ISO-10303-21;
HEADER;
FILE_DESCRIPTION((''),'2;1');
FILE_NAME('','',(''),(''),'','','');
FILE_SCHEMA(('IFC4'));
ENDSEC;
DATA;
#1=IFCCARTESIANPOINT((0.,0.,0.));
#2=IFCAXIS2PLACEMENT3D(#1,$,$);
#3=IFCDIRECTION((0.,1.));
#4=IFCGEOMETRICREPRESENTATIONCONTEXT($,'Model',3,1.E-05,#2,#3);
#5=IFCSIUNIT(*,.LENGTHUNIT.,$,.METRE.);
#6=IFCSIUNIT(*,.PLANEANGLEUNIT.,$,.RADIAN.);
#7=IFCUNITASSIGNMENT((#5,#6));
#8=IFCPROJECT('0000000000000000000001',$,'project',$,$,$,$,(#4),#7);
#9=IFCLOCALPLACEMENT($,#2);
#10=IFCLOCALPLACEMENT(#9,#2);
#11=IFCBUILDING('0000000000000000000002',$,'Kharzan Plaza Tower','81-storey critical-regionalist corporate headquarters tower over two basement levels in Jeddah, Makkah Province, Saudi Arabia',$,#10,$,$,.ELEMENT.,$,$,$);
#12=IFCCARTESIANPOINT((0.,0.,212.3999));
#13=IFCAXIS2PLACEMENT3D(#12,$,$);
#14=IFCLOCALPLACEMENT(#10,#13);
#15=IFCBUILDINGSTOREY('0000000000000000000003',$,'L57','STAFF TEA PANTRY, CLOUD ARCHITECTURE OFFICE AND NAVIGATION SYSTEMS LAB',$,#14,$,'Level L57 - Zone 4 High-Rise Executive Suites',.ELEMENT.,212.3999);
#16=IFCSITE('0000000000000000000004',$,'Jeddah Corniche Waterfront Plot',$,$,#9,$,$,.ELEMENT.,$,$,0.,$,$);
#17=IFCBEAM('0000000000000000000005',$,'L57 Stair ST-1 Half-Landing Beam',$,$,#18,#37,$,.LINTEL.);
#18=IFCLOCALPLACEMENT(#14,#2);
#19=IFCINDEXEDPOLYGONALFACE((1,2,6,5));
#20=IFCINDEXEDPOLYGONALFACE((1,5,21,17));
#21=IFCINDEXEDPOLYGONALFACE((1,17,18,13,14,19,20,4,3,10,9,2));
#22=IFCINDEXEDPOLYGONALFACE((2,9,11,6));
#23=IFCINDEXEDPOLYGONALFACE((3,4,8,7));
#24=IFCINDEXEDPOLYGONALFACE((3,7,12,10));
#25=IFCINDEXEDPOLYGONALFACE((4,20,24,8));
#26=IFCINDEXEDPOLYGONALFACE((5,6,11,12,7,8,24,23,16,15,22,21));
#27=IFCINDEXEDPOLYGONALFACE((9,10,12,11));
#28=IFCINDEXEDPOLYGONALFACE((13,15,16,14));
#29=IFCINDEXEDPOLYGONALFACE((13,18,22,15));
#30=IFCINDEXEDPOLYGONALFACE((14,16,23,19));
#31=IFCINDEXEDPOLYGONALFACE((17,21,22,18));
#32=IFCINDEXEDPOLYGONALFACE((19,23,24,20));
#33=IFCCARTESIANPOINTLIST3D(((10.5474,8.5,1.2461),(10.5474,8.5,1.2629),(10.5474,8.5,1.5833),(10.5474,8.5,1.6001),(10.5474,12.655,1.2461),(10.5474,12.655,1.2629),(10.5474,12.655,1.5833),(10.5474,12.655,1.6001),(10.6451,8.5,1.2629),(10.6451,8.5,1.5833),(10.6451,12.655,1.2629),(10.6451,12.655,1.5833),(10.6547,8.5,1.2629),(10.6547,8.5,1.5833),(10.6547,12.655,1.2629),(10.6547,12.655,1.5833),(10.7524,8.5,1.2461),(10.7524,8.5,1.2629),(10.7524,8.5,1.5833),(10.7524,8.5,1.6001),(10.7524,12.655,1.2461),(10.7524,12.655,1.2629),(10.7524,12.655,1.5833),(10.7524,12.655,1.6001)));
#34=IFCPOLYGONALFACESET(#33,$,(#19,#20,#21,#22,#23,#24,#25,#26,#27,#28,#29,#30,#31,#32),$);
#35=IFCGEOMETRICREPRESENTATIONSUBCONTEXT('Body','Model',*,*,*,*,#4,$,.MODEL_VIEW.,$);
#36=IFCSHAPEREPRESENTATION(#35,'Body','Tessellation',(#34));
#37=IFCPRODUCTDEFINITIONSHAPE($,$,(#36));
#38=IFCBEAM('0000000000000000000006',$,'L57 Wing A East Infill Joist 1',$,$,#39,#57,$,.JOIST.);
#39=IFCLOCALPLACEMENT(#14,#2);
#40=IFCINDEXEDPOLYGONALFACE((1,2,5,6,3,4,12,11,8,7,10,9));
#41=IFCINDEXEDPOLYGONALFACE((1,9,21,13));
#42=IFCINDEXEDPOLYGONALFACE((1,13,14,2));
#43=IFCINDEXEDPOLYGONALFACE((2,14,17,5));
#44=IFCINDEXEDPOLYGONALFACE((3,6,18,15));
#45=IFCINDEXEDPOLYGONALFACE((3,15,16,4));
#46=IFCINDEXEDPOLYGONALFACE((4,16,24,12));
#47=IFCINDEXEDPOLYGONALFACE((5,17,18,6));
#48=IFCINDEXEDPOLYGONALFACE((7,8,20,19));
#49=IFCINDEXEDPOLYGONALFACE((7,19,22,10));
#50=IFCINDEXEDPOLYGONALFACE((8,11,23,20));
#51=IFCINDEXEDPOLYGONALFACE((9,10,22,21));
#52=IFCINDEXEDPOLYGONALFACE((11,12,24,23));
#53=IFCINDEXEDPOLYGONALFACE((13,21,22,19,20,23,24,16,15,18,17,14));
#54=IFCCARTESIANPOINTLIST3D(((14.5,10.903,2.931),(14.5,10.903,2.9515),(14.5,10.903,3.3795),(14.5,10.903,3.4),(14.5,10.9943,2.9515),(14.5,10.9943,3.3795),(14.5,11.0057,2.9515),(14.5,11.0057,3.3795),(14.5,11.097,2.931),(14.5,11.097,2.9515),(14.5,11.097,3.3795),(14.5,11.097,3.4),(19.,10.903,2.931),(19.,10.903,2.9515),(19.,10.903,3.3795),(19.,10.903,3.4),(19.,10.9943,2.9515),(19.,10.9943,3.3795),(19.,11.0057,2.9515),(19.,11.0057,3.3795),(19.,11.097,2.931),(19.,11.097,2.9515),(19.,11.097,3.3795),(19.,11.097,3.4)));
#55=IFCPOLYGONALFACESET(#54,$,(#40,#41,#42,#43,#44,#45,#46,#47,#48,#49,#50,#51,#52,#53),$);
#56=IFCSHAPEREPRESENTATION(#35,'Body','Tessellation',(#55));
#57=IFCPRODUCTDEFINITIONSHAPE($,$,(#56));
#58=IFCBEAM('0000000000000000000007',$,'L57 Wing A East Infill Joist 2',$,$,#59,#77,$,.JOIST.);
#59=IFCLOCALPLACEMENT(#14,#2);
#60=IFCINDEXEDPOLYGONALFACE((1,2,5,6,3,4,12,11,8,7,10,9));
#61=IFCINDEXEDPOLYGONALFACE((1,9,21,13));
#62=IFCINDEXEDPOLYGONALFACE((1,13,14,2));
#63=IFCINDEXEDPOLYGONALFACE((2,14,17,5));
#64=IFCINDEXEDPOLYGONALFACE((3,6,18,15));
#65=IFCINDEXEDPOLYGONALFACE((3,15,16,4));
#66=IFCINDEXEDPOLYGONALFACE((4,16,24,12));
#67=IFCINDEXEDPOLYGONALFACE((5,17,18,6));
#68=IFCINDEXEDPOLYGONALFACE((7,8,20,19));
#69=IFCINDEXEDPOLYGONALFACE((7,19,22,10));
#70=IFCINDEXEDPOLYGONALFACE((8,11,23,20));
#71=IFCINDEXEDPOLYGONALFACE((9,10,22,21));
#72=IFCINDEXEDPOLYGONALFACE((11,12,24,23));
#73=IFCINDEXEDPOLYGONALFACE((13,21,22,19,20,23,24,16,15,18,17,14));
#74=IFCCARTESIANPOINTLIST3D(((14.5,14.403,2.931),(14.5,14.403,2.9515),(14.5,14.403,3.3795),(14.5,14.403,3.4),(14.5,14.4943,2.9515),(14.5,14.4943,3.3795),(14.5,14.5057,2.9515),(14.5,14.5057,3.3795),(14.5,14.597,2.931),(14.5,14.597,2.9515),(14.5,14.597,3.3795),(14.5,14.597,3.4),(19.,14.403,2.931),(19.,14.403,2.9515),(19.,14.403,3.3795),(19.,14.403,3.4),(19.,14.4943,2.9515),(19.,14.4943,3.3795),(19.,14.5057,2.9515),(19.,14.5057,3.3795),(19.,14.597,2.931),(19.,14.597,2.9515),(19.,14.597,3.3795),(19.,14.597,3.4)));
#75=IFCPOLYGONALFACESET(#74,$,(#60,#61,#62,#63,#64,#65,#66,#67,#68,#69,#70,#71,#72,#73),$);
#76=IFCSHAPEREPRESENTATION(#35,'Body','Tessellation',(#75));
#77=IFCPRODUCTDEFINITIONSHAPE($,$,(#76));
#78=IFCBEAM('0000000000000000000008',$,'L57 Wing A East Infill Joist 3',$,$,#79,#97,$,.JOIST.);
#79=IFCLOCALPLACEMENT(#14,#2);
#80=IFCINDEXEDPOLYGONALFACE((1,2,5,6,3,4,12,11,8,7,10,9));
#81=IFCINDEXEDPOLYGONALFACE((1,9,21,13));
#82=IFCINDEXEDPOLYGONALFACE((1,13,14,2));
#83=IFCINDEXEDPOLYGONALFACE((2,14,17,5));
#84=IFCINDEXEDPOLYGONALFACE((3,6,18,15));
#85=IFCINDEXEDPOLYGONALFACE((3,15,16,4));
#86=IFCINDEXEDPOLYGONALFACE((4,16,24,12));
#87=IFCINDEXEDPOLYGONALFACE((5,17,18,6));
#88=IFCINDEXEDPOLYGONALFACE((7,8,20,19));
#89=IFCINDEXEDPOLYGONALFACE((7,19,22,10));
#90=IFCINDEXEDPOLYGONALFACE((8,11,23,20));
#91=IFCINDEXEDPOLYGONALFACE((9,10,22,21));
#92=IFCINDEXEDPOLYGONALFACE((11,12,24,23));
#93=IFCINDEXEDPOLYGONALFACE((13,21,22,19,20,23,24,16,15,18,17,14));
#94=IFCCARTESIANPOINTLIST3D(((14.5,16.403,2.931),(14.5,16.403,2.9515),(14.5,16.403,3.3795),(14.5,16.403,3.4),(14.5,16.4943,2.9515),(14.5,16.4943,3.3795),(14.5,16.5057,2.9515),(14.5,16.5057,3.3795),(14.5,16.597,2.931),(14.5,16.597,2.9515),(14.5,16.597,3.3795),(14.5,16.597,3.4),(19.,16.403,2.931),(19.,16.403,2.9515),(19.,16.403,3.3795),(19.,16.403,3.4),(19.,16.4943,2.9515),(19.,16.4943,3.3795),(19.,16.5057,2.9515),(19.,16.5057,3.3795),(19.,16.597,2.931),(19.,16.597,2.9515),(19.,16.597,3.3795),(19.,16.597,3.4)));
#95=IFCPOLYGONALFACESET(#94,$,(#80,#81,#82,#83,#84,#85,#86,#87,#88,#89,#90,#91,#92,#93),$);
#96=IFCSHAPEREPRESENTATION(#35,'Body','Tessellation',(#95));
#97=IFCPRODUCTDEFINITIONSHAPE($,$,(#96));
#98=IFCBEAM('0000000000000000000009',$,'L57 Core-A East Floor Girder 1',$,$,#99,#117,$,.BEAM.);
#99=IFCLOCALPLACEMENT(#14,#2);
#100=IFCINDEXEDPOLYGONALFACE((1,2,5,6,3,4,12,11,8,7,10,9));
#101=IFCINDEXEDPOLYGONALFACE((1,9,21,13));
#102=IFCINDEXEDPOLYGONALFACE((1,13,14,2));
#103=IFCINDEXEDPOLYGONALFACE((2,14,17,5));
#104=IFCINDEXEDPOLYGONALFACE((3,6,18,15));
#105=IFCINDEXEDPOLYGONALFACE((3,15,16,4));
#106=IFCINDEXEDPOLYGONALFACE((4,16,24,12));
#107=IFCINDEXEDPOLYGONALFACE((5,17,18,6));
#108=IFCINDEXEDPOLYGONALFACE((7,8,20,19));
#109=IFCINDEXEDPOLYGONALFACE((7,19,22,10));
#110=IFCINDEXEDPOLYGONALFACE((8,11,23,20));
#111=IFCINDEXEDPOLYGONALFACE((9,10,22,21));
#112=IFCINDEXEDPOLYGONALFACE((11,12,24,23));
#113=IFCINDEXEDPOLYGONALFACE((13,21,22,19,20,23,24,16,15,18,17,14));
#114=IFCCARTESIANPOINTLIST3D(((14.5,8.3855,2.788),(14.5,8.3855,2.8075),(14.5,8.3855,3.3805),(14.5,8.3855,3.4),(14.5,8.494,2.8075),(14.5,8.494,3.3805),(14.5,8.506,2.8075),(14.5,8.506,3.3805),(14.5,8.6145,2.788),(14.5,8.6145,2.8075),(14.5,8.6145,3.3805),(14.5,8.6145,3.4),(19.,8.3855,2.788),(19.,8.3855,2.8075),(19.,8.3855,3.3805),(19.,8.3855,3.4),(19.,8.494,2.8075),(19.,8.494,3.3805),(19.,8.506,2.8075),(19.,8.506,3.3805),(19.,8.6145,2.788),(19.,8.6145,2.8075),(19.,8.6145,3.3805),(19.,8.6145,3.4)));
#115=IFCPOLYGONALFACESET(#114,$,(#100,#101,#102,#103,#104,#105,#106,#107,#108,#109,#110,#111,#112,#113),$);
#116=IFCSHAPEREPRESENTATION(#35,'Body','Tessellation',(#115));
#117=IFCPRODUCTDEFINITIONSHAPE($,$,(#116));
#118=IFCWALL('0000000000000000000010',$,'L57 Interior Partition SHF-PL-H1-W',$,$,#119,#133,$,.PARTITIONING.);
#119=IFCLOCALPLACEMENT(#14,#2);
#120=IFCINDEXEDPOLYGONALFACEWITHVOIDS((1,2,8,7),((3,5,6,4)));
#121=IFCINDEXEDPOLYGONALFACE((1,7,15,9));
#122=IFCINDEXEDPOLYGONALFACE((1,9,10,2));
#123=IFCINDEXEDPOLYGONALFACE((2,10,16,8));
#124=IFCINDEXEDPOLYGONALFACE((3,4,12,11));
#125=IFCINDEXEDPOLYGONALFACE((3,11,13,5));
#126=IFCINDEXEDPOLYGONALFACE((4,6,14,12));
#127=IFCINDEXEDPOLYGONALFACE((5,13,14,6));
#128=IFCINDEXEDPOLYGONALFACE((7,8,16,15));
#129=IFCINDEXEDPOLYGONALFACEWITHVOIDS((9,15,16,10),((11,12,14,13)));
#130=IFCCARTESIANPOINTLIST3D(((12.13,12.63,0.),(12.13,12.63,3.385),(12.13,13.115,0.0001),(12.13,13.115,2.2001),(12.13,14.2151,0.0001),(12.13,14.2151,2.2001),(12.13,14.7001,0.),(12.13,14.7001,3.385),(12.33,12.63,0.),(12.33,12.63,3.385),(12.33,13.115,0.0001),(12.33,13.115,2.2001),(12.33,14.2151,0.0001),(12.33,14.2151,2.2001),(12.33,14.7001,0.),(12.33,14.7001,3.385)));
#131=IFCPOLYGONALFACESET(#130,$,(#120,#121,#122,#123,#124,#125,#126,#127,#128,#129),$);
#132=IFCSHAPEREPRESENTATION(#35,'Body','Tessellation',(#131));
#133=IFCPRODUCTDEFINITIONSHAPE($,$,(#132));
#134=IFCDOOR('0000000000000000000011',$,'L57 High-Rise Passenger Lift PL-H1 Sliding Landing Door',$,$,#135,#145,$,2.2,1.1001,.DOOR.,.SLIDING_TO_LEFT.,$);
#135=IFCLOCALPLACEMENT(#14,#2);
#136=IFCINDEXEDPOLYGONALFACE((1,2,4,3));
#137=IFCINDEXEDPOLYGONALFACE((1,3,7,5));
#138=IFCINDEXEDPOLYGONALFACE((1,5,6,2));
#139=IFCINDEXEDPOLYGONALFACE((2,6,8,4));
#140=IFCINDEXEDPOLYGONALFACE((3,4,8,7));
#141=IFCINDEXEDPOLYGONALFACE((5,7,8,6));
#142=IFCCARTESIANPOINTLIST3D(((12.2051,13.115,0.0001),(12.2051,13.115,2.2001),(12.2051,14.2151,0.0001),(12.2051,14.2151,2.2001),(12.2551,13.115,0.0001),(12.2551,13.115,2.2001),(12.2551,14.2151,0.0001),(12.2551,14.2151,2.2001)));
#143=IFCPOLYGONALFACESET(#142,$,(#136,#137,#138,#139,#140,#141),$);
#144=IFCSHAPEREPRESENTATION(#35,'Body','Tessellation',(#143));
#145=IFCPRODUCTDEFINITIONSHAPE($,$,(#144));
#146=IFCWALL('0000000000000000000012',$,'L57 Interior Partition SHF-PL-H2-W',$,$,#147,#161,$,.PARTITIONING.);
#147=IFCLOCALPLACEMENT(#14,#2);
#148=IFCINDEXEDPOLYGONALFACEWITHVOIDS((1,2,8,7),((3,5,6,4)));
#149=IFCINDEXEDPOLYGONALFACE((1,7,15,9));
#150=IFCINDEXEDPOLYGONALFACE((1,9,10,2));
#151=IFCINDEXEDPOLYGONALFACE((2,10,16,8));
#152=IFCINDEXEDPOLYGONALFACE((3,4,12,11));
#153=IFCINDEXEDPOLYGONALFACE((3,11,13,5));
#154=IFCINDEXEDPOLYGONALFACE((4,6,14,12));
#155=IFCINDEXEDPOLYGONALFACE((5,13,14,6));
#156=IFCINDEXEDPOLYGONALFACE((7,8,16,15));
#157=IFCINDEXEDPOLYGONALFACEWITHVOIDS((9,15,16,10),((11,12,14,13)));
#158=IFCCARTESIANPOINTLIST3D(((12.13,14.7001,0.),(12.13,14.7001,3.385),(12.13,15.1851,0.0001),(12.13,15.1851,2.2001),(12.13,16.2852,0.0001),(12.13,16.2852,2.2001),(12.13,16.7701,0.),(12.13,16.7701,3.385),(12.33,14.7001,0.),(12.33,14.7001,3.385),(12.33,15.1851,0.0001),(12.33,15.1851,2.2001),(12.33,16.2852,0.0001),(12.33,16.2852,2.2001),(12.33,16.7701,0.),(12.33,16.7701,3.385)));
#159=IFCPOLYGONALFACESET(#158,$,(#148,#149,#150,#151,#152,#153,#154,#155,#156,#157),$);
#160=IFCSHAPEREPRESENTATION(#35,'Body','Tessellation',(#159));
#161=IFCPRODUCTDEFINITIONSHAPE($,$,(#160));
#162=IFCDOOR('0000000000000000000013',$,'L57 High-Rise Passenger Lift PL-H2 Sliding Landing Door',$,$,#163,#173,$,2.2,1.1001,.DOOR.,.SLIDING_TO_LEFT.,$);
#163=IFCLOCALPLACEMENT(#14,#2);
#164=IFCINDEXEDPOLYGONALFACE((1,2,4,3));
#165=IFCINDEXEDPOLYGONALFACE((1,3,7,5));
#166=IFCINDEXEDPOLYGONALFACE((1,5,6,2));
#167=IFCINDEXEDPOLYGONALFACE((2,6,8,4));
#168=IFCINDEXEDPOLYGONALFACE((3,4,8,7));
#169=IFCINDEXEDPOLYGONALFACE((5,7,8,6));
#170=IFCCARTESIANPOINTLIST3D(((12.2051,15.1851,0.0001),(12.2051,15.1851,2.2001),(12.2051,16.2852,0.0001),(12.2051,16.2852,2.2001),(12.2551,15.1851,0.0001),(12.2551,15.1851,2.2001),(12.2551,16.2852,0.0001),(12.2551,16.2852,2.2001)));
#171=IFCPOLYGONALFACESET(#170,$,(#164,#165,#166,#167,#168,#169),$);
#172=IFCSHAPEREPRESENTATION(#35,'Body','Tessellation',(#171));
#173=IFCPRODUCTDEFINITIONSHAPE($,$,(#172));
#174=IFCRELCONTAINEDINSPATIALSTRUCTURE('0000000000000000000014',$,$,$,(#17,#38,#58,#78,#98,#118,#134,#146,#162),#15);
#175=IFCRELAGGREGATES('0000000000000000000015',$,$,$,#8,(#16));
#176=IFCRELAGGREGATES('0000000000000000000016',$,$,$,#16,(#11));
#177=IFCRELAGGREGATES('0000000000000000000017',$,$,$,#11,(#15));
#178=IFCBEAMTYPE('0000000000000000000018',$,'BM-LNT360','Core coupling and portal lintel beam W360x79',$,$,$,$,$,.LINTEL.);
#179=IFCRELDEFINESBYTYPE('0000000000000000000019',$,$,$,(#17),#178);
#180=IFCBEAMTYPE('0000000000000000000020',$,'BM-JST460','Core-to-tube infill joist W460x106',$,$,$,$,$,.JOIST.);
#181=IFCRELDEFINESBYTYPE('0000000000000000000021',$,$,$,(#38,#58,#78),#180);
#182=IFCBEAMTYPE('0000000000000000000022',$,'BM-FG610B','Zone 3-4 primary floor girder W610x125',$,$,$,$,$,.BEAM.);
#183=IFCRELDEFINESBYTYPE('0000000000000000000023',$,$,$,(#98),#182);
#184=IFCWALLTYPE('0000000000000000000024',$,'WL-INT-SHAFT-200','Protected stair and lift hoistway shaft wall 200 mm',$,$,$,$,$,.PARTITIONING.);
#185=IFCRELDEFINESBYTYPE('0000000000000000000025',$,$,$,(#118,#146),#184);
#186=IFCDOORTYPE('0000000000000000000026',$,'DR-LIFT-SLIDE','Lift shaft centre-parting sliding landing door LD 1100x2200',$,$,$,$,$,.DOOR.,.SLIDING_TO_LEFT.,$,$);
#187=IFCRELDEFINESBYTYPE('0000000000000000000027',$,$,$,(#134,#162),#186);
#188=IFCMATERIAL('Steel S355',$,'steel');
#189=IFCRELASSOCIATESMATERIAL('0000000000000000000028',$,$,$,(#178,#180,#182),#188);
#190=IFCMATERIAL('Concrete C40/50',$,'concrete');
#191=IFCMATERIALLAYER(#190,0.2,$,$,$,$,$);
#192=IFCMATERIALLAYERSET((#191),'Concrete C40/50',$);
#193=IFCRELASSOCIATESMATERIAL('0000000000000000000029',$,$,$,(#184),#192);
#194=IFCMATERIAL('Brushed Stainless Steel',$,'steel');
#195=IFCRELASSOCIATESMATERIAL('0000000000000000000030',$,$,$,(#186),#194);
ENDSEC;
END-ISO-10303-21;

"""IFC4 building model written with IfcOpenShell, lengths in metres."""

from ifc_helpers import new_model, si_unit, direction, frame, frame_2d, origin, origin_2d, place, context, subcontext, project, spatial, rectangle, i_section, extrude, source, transform, mapped, material, layer, layer_set, material_profile, profile_set, type_object, element, fill, save


model = new_model("IFC4")

# Units and contexts
model_context = context("Model", 3, precision=1e-05, world=origin(), true_north=direction((0.0, 1.0)))
body_context = subcontext(model_context, "Body", "Model", "MODEL_VIEW")
ifc_project = project(units=[si_unit("LENGTHUNIT", "METRE"), si_unit("PLANEANGLEUNIT", "RADIAN")], contexts=[model_context])

# Site, building, storey
site_placement = place(None, origin())
site = spatial("IfcSite", under=ifc_project, at=site_placement, Name="Jeddah Corniche Waterfront Plot", CompositionType="ELEMENT", RefElevation=0.0)
building_placement = place(site_placement, origin())
building = spatial("IfcBuilding", under=site, at=building_placement, Name="Kharzan Plaza Tower", Description="81-storey critical-regionalist corporate headquarters tower over two basement levels in Jeddah, Makkah Province, Saudi Arabia", CompositionType="ELEMENT")
storey_placement = place(building_placement, frame((0.0, 0.0, 212.3999)))
storey = spatial("IfcBuildingStorey", under=building, at=storey_placement, Name="L57", Description="STAFF TEA PANTRY, CLOUD ARCHITECTURE OFFICE AND NAVIGATION SYSTEMS LAB", LongName="Level L57 - Zone 4 High-Rise Executive Suites", CompositionType="ELEMENT", Elevation=212.3999)

# Beams
ifc_material_1 = material(Name="Steel S355", Category="steel")
ifc_material_profile_1 = material_profile(ifc_material_1, i_section(OverallWidth=0.2051, OverallDepth=0.354, WebThickness=0.0095, FlangeThickness=0.0168, at=origin_2d()), Name="W360x79")
ifc_profile_set_1 = profile_set([ifc_material_profile_1], Name="Steel S355")
beam_type_1 = type_object("IfcBeamType", Name="BM-LNT360", Description="Core coupling and portal lintel beam W360x79", PredefinedType="LINTEL", material=ifc_profile_set_1)
shared_shape_1 = source(origin(), body_context, "Body", "SweptSolid", [
    extrude(i_section(OverallWidth=0.2051, OverallDepth=0.354, WebThickness=0.0095, FlangeThickness=0.0168, at=origin_2d()), origin(), (0.0, 0.0, 1.0), 4.155),
])
beam_1_placement = place(storey_placement, frame((10.6499, 8.5, 1.4231), z_axis=(0.0, 1.0, 0.0), x_axis=(-1.0, 0.0, 0.0)))
element("IfcBeam", 1, at=beam_1_placement, inside=storey, type_object=beam_type_1, Name="L57 Stair ST-1 Half-Landing Beam", PredefinedType="LINTEL", context=body_context, shape_type="MappedRepresentation", body=[
    mapped(shared_shape_1, transform((0.0, 0.0, 0.0), x_axis=(1.0, 0.0, 0.0), y_axis=(0.0, 1.0, 0.0), z_axis=(0.0, 0.0, 1.0))),
])
ifc_material_profile_2 = material_profile(ifc_material_1, i_section(OverallWidth=0.1941, OverallDepth=0.469, WebThickness=0.0115, FlangeThickness=0.0205, at=origin_2d()), Name="W460x106")
ifc_profile_set_2 = profile_set([ifc_material_profile_2], Name="Steel S355")
beam_type_2 = type_object("IfcBeamType", Name="BM-JST460", Description="Core-to-tube infill joist W460x106", PredefinedType="JOIST", material=ifc_profile_set_2)
shared_shape_2 = source(origin(), body_context, "Body", "SweptSolid", [
    extrude(i_section(OverallWidth=0.1941, OverallDepth=0.469, WebThickness=0.0115, FlangeThickness=0.0205, at=origin_2d()), origin(), (0.0, 0.0, 1.0), 4.5),
])
for number, where, z_axis, x_axis, name in (
    (2, (14.5, 11.0, 3.1655), (1.0, 0.0, 0.0), (0.0, 1.0, 0.0), "L57 Wing A East Infill Joist 1"),
    (3, (14.5, 14.5, 3.1655), (1.0, 0.0, 0.0), (0.0, 1.0, 0.0), "L57 Wing A East Infill Joist 2"),
    (4, (14.5, 16.5, 3.1655), (1.0, 0.0, 0.0), (0.0, 1.0, 0.0), "L57 Wing A East Infill Joist 3"),
):
    element("IfcBeam", number, at=place(storey_placement, frame(where, z_axis=z_axis, x_axis=x_axis)), inside=storey, type_object=beam_type_2, Name=name, PredefinedType="JOIST", context=body_context, shape_type="MappedRepresentation", body=[
        mapped(shared_shape_2, transform((0.0, 0.0, 0.0), x_axis=(1.0, 0.0, 0.0), y_axis=(0.0, 1.0, 0.0), z_axis=(0.0, 0.0, 1.0))),
    ])
ifc_material_profile_3 = material_profile(ifc_material_1, i_section(OverallWidth=0.229, OverallDepth=0.6121, WebThickness=0.012, FlangeThickness=0.0195, at=origin_2d()), Name="W610x125")
ifc_profile_set_3 = profile_set([ifc_material_profile_3], Name="Steel S355")
beam_type_3 = type_object("IfcBeamType", Name="BM-FG610B", Description="Zone 3-4 primary floor girder W610x125", PredefinedType="BEAM", material=ifc_profile_set_3)
shared_shape_3 = source(origin(), body_context, "Body", "SweptSolid", [
    extrude(i_section(OverallWidth=0.229, OverallDepth=0.6121, WebThickness=0.012, FlangeThickness=0.0195, at=origin_2d()), origin(), (0.0, 0.0, 1.0), 4.5),
])
beam_2_placement = place(storey_placement, frame((14.5, 8.5, 3.094), z_axis=(1.0, 0.0, 0.0), x_axis=(0.0, 1.0, 0.0)))
element("IfcBeam", 5, at=beam_2_placement, inside=storey, type_object=beam_type_3, Name="L57 Core-A East Floor Girder 1", PredefinedType="BEAM", context=body_context, shape_type="MappedRepresentation", body=[
    mapped(shared_shape_3, transform((0.0, 0.0, 0.0), x_axis=(1.0, 0.0, 0.0), y_axis=(0.0, 1.0, 0.0), z_axis=(0.0, 0.0, 1.0))),
])

# Walls, openings, doors
ifc_material_2 = material(Name="Concrete C40/50", Category="concrete")
ifc_layer_1 = layer(ifc_material_2, 0.2)
ifc_layer_set_1 = layer_set([ifc_layer_1], Name="Concrete C40/50")
wall_type_1 = type_object("IfcWallType", Name="WL-INT-SHAFT-200", Description="Protected stair and lift hoistway shaft wall 200 mm", PredefinedType="PARTITIONING", material=ifc_layer_set_1)
wall_1_placement = place(storey_placement, frame((12.23, 12.6299, 0.0), z_axis=(0.0, 0.0, 1.0), x_axis=(0.0, 1.0, 0.0)))
wall_1 = element("IfcWall", 6, at=wall_1_placement, inside=storey, type_object=wall_type_1, Name="L57 Interior Partition SHF-PL-H1-W", PredefinedType="PARTITIONING", context=body_context, shape_type="SweptSolid", body=[
    extrude(rectangle(XDim=2.0701, YDim=0.2, at=frame_2d((1.0352, 0.0))), origin(), (0.0, 0.0, 1.0), 3.385),
])
opening_1_placement = place(wall_1_placement, frame((0.4851, 0.0, 0.0)))
opening_1 = element("IfcOpeningElement", 7, at=opening_1_placement, cuts=wall_1, PredefinedType="OPENING", context=body_context, shape_type="SweptSolid", body=[
    extrude(rectangle(XDim=1.1001, YDim=2.2, at=frame_2d((0.55, 1.1001))), frame((0.0, 0.1099, 0.0), z_axis=(0.0, -1.0, 0.0), x_axis=(1.0, 0.0, 0.0)), (0.0, 0.0, 1.0), 0.22),
])
ifc_material_3 = material(Name="Brushed Stainless Steel", Category="steel")
door_type = type_object("IfcDoorType", Name="DR-LIFT-SLIDE", Description="Lift shaft centre-parting sliding landing door LD 1100x2200", OperationType="SLIDING_TO_LEFT", PredefinedType="DOOR", material=ifc_material_3)
shared_shape_4 = source(origin(), body_context, "Body", "SweptSolid", [
    extrude(rectangle(XDim=1.1001, YDim=2.2, at=frame_2d((0.55, 1.1001))), frame((0.0, 0.0249, 0.0), z_axis=(0.0, -1.0, 0.0), x_axis=(1.0, 0.0, 0.0)), (0.0, 0.0, 1.0), 0.05),
])
door_1_placement = place(opening_1_placement, origin())
door_1 = element("IfcDoor", 8, at=door_1_placement, inside=storey, type_object=door_type, Name="L57 High-Rise Passenger Lift PL-H1 Sliding Landing Door", OperationType="SLIDING_TO_LEFT", OverallHeight=2.2, OverallWidth=1.1001, PredefinedType="DOOR", context=body_context, shape_type="MappedRepresentation", body=[
    mapped(shared_shape_4, transform((0.0, 0.0, 0.0), x_axis=(1.0, 0.0, 0.0), y_axis=(0.0, 1.0, 0.0), z_axis=(0.0, 0.0, 1.0))),
])
fill(opening_1, door_1)
wall_2_placement = place(storey_placement, frame((12.23, 14.7, 0.0), z_axis=(0.0, 0.0, 1.0), x_axis=(0.0, 1.0, 0.0)))
wall_2 = element("IfcWall", 9, at=wall_2_placement, inside=storey, type_object=wall_type_1, Name="L57 Interior Partition SHF-PL-H2-W", PredefinedType="PARTITIONING", context=body_context, shape_type="SweptSolid", body=[
    extrude(rectangle(XDim=2.0701, YDim=0.2, at=frame_2d((1.0352, 0.0))), origin(), (0.0, 0.0, 1.0), 3.385),
])
opening_2_placement = place(wall_2_placement, frame((0.4851, 0.0, 0.0)))
opening_2 = element("IfcOpeningElement", 10, at=opening_2_placement, cuts=wall_2, PredefinedType="OPENING", context=body_context, shape_type="SweptSolid", body=[
    extrude(rectangle(XDim=1.1001, YDim=2.2, at=frame_2d((0.55, 1.1001))), frame((0.0, 0.1099, 0.0), z_axis=(0.0, -1.0, 0.0), x_axis=(1.0, 0.0, 0.0)), (0.0, 0.0, 1.0), 0.22),
])
door_2_placement = place(opening_2_placement, origin())
door_2 = element("IfcDoor", 11, at=door_2_placement, inside=storey, type_object=door_type, Name="L57 High-Rise Passenger Lift PL-H2 Sliding Landing Door", OperationType="SLIDING_TO_LEFT", OverallHeight=2.2, OverallWidth=1.1001, PredefinedType="DOOR", context=body_context, shape_type="MappedRepresentation", body=[
    mapped(shared_shape_4, transform((0.0, 0.0, 0.0), x_axis=(1.0, 0.0, 0.0), y_axis=(0.0, 1.0, 0.0), z_axis=(0.0, 0.0, 1.0))),
])
fill(opening_2, door_2)

save(model, "model.ifc")
